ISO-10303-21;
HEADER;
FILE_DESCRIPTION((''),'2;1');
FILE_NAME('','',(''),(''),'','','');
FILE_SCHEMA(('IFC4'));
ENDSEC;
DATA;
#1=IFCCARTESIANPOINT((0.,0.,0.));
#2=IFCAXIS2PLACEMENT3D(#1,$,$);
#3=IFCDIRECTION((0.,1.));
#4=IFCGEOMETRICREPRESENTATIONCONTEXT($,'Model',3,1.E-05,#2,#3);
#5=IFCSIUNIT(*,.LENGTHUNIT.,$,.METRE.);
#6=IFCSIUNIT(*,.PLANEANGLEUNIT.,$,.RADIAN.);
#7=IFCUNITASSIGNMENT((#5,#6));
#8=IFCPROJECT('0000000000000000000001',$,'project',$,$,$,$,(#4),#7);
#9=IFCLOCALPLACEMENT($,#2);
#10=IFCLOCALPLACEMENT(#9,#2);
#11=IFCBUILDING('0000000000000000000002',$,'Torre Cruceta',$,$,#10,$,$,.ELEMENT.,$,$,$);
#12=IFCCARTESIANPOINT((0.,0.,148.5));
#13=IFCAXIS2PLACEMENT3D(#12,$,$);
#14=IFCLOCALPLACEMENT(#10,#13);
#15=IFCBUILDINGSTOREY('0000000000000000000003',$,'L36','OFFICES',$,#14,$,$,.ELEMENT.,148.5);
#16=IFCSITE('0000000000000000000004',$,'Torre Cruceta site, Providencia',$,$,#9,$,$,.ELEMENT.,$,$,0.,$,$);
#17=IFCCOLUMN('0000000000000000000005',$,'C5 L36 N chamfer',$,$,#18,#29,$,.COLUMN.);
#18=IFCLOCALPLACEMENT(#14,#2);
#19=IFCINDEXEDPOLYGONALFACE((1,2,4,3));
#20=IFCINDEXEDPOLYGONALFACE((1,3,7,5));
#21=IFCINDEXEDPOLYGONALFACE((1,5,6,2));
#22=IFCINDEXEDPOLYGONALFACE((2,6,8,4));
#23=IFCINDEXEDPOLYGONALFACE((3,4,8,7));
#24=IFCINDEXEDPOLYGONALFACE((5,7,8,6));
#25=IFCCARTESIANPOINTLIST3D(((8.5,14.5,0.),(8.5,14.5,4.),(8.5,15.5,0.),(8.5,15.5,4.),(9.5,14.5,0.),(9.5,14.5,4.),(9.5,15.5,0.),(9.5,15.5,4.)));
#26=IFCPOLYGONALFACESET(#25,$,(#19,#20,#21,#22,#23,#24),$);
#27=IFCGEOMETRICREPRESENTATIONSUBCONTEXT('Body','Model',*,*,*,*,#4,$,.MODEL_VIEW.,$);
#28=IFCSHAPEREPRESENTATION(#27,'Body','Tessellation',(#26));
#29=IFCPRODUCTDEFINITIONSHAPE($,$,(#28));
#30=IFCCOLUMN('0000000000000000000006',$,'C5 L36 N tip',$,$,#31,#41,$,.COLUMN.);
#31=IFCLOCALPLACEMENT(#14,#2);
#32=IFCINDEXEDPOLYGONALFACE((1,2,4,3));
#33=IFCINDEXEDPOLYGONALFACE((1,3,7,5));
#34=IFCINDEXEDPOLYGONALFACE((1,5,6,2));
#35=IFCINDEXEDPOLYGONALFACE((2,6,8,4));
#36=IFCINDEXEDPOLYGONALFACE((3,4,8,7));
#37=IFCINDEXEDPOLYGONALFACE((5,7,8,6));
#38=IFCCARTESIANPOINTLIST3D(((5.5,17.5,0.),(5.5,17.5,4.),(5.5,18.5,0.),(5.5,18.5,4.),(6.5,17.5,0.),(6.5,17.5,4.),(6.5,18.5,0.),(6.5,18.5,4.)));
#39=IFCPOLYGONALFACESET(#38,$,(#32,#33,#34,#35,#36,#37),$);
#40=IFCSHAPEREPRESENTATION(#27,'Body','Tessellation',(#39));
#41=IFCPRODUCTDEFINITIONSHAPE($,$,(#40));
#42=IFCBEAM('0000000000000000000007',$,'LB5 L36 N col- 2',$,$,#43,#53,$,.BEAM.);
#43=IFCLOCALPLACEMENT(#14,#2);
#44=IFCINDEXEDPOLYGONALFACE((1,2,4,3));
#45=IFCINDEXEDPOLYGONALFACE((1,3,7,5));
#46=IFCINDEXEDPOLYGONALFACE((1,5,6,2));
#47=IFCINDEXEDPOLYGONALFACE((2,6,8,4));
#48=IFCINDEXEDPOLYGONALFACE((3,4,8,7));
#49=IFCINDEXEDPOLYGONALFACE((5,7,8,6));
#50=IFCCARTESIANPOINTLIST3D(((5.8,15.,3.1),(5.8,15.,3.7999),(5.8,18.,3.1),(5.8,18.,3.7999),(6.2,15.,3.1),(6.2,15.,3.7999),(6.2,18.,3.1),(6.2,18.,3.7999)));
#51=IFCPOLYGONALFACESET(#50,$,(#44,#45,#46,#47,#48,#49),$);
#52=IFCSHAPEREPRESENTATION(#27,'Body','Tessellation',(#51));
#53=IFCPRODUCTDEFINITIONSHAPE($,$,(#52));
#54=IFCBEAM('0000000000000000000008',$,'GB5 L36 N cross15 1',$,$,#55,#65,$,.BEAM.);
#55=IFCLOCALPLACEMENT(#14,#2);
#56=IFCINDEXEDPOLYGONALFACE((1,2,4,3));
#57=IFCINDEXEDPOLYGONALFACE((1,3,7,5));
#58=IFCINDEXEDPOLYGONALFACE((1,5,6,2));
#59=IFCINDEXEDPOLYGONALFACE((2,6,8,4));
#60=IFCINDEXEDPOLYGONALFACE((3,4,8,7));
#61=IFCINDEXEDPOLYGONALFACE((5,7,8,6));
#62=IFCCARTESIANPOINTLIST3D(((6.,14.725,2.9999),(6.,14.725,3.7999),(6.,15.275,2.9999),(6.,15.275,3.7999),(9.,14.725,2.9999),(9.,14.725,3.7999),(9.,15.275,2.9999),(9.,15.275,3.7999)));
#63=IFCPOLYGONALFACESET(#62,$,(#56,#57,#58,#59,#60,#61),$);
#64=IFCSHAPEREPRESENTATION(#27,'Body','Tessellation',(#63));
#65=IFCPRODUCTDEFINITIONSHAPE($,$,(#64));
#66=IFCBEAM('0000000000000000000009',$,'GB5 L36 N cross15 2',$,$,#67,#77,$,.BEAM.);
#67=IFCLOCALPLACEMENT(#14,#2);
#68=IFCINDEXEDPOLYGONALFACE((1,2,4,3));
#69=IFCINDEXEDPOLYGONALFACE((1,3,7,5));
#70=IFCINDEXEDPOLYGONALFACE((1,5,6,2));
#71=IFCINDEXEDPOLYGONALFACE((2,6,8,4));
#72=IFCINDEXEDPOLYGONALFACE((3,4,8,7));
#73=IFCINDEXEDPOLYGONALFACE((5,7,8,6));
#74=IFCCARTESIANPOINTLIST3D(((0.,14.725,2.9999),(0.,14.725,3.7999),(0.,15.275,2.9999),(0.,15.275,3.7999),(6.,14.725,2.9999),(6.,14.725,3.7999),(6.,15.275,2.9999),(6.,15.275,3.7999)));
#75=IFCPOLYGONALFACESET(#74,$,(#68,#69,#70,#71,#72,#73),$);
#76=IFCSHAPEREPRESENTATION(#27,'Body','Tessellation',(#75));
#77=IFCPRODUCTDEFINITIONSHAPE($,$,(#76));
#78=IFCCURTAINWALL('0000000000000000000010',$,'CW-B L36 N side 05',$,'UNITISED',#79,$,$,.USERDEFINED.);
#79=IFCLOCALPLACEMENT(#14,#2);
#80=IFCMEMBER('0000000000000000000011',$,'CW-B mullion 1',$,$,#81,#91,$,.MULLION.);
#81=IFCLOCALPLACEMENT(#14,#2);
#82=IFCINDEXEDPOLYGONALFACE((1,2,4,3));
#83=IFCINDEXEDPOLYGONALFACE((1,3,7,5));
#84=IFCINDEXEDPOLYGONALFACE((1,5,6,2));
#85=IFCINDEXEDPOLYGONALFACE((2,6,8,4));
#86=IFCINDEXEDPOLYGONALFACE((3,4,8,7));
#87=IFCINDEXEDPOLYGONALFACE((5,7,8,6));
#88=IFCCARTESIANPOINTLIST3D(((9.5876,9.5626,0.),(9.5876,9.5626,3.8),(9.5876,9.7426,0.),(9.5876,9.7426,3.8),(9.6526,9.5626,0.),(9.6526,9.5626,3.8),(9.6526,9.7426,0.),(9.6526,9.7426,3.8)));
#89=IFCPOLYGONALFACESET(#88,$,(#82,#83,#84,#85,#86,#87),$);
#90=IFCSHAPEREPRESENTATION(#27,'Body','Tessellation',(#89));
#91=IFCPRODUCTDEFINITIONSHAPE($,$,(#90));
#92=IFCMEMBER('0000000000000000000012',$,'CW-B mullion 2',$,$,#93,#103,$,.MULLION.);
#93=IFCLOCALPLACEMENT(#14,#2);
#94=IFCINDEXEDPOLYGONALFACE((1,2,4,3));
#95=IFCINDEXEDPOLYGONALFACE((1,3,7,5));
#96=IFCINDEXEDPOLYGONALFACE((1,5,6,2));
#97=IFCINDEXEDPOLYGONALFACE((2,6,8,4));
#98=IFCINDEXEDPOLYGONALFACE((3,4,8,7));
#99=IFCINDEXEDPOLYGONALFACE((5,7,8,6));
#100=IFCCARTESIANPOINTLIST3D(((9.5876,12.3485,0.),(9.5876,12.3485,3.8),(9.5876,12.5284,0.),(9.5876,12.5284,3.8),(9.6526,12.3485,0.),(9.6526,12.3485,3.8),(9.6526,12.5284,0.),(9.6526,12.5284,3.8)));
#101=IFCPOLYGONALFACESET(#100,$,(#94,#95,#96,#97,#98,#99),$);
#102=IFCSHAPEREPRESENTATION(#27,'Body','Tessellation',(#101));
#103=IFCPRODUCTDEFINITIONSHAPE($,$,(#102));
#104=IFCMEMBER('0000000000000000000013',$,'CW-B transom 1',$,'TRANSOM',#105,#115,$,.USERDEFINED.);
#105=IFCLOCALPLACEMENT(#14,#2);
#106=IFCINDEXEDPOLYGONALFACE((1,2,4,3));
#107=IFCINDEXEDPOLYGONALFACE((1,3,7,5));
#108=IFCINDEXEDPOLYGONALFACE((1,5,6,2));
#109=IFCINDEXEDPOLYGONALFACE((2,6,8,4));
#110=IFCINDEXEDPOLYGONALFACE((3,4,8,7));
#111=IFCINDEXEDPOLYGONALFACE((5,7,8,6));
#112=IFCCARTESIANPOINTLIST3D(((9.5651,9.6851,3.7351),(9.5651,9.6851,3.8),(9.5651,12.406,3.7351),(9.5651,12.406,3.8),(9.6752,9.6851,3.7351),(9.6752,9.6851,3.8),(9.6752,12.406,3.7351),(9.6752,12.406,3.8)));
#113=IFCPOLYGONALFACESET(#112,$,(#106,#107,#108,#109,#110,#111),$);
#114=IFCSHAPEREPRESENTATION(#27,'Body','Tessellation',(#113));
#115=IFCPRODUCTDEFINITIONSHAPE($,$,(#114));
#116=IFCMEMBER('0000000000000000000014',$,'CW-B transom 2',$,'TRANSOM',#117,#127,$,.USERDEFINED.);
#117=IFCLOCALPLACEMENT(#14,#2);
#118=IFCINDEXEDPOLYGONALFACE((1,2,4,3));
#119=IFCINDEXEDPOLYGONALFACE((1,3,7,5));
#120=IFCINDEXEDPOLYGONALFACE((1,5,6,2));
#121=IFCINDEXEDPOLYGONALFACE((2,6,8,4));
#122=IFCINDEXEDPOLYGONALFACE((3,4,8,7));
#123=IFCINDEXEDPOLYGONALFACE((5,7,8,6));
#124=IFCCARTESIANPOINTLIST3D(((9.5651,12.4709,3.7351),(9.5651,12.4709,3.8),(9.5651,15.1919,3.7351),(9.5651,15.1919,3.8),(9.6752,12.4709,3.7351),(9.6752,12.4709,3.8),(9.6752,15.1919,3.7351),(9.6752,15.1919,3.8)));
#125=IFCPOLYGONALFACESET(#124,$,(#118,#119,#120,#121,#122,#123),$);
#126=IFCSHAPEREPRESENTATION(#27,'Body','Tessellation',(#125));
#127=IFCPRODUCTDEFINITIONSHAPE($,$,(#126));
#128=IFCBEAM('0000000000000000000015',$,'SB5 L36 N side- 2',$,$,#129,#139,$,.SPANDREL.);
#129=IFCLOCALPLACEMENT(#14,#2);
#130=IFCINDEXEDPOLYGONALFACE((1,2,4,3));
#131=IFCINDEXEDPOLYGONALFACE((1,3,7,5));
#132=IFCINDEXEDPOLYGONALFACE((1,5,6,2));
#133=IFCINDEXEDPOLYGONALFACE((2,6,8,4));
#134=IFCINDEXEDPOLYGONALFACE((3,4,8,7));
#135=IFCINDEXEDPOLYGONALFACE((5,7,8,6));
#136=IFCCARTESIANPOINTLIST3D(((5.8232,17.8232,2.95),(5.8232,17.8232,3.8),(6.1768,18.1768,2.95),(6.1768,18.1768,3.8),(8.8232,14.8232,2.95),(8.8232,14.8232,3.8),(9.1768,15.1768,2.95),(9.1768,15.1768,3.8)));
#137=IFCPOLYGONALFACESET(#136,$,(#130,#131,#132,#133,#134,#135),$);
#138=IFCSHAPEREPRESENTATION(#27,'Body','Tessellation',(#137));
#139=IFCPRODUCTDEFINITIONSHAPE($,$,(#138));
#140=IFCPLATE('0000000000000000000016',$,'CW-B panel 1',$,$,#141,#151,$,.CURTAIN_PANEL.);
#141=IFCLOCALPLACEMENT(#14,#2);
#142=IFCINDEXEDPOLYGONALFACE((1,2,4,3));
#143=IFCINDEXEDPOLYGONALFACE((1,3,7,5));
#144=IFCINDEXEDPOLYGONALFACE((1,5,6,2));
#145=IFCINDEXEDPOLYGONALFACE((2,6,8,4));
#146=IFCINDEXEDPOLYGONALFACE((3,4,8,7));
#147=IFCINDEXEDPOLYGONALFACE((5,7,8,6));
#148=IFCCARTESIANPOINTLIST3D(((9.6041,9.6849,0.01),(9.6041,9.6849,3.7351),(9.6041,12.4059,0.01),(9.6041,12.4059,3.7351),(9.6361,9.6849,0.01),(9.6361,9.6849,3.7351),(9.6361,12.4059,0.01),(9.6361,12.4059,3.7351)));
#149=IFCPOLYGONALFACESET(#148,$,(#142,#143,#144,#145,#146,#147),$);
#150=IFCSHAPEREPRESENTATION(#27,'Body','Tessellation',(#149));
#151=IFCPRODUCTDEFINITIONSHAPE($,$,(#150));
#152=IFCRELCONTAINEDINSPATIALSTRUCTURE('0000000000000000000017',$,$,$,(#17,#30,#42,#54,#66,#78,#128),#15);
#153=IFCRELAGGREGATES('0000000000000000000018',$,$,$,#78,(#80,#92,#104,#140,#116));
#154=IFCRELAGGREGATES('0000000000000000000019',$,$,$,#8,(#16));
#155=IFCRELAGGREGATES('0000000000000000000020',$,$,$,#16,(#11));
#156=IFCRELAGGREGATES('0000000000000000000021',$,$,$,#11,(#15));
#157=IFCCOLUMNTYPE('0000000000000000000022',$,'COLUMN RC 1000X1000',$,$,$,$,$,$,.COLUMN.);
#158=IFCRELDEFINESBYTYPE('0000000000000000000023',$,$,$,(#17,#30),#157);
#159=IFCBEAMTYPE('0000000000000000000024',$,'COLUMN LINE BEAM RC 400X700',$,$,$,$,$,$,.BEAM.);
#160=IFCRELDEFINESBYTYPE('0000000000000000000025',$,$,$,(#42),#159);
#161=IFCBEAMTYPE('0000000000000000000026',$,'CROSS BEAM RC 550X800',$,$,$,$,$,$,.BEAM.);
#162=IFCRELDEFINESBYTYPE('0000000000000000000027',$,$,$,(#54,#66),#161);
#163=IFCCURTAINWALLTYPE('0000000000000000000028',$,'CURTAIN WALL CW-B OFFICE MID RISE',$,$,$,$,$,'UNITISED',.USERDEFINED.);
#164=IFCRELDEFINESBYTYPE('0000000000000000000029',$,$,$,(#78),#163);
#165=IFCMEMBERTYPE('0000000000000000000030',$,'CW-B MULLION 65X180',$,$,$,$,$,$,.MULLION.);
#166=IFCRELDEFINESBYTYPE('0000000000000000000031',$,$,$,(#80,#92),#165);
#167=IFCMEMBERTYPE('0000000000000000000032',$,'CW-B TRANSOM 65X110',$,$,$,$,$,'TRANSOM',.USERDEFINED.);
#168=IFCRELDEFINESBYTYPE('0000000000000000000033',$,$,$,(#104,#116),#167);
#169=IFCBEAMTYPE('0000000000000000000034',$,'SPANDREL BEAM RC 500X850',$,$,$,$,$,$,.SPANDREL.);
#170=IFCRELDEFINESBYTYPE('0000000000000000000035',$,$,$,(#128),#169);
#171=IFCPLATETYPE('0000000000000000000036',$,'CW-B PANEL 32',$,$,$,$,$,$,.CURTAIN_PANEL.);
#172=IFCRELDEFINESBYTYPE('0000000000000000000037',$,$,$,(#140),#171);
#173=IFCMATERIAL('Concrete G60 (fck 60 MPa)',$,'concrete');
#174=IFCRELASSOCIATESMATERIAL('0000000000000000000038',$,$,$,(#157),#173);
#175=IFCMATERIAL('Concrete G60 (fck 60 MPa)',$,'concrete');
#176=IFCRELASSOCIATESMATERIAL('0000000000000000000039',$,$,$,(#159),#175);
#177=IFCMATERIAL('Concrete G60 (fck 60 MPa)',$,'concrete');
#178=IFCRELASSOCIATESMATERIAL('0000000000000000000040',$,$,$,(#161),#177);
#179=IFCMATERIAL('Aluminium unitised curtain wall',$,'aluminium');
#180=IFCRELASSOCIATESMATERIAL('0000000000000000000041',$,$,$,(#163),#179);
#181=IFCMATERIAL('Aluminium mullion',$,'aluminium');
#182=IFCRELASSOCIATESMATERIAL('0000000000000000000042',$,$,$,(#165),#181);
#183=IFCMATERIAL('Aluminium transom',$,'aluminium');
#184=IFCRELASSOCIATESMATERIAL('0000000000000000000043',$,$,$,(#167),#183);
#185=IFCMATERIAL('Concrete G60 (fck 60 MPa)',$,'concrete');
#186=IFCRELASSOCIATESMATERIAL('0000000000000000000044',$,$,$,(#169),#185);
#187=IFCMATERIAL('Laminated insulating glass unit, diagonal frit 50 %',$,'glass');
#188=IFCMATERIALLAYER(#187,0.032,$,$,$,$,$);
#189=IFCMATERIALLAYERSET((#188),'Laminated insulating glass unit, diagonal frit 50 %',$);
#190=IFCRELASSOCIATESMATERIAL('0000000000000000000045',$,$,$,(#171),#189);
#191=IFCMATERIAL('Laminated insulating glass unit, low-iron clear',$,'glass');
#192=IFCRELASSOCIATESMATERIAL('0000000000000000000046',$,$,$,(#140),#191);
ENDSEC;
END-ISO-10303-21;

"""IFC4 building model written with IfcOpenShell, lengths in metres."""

from ifc_helpers import new_model, si_unit, direction, frame, origin, origin_2d, place, context, subcontext, project, spatial, rectangle, extrude, material, layer, layer_set, material_profile, profile_set, type_object, element, aggregate, save


model = new_model("IFC4")

# Units and contexts
model_context = context("Model", 3, precision=1e-05, world=origin(), true_north=direction((0.0, 1.0)))
body_context = subcontext(model_context, "Body", "Model", "MODEL_VIEW")
ifc_project = project(units=[si_unit("LENGTHUNIT", "METRE"), si_unit("PLANEANGLEUNIT", "RADIAN")], contexts=[model_context])

# Site, building, storey
site_placement = place(None, origin())
site = spatial("IfcSite", under=ifc_project, at=site_placement, Name="Torre Cruceta site, Providencia", CompositionType="ELEMENT", RefElevation=0.0)
building_placement = place(site_placement, origin())
building = spatial("IfcBuilding", under=site, at=building_placement, Name="Torre Cruceta", CompositionType="ELEMENT")
storey_placement = place(building_placement, frame((0.0, 0.0, 148.5)))
storey = spatial("IfcBuildingStorey", under=building, at=storey_placement, Name="L36", Description="OFFICES", CompositionType="ELEMENT", Elevation=148.5)

# Columns
ifc_material_1 = material(Name="Concrete G60 (fck 60 MPa)", Category="concrete")
ifc_material_profile_1 = material_profile(ifc_material_1, rectangle(XDim=1.0, YDim=1.0, at=origin_2d()), Name="RC 1000X1000")
ifc_profile_set_1 = profile_set([ifc_material_profile_1], Name="Concrete G60 (fck 60 MPa)")
column_type = type_object("IfcColumnType", Name="COLUMN RC 1000X1000", PredefinedType="COLUMN", material=ifc_profile_set_1)
for number, where, z_axis, x_axis, name in (
    (1, (9.0, 15.0, 0.0), (0.0, 0.0, 1.0), (1.0, 0.0, 0.0), "C5 L36 N chamfer"),
    (2, (6.0, 18.0, 0.0), (0.0, 0.0, 1.0), (1.0, 0.0, 0.0), "C5 L36 N tip"),
):
    element("IfcColumn", number, at=place(storey_placement, frame(where, z_axis=z_axis, x_axis=x_axis)), inside=storey, type_object=column_type, Name=name, PredefinedType="COLUMN", context=body_context, shape_type="SweptSolid", body=[
        extrude(rectangle(XDim=1.0, YDim=1.0, at=origin_2d()), origin(), (0.0, 0.0, 1.0), 4.0),
    ])

# Beams
ifc_material_2 = material(Name="Concrete G60 (fck 60 MPa)", Category="concrete")
ifc_material_profile_2 = material_profile(ifc_material_2, rectangle(XDim=0.3999, YDim=0.7, at=origin_2d()), Name="RC 400X700")
ifc_profile_set_2 = profile_set([ifc_material_profile_2], Name="Concrete G60 (fck 60 MPa)")
beam_type_1 = type_object("IfcBeamType", Name="COLUMN LINE BEAM RC 400X700", PredefinedType="BEAM", material=ifc_profile_set_2)
beam_1_placement = place(storey_placement, frame((6.0, 15.0, 3.45), z_axis=(0.0, 1.0, 0.0), x_axis=(-1.0, 0.0, 0.0)))
element("IfcBeam", 3, at=beam_1_placement, inside=storey, type_object=beam_type_1, Name="LB5 L36 N col- 2", PredefinedType="BEAM", context=body_context, shape_type="SweptSolid", body=[
    extrude(rectangle(XDim=0.3999, YDim=0.7, at=origin_2d()), origin(), (0.0, 0.0, 1.0), 3.0),
])
ifc_material_3 = material(Name="Concrete G60 (fck 60 MPa)", Category="concrete")
ifc_material_profile_3 = material_profile(ifc_material_3, rectangle(XDim=0.55, YDim=0.8, at=origin_2d()), Name="RC 550X800")
ifc_profile_set_3 = profile_set([ifc_material_profile_3], Name="Concrete G60 (fck 60 MPa)")
beam_type_2 = type_object("IfcBeamType", Name="CROSS BEAM RC 550X800", PredefinedType="BEAM", material=ifc_profile_set_3)
beam_2_placement = place(storey_placement, frame((9.0, 15.0, 3.3999), z_axis=(-1.0, 0.0, 0.0), x_axis=(0.0, -1.0, 0.0)))
element("IfcBeam", 4, at=beam_2_placement, inside=storey, type_object=beam_type_2, Name="GB5 L36 N cross15 1", PredefinedType="BEAM", context=body_context, shape_type="SweptSolid", body=[
    extrude(rectangle(XDim=0.55, YDim=0.8, at=origin_2d()), origin(), (0.0, 0.0, 1.0), 3.0),
])
beam_3_placement = place(storey_placement, frame((6.0, 15.0, 3.3999), z_axis=(-1.0, 0.0, 0.0), x_axis=(0.0, -1.0, 0.0)))
element("IfcBeam", 5, at=beam_3_placement, inside=storey, type_object=beam_type_2, Name="GB5 L36 N cross15 2", PredefinedType="BEAM", context=body_context, shape_type="SweptSolid", body=[
    extrude(rectangle(XDim=0.55, YDim=0.8, at=origin_2d()), origin(), (0.0, 0.0, 1.0), 6.0),
])

# Curtain wall, members
ifc_material_4 = material(Name="Aluminium unitised curtain wall", Category="aluminium")
curtain_wall_type = type_object("IfcCurtainWallType", Name="CURTAIN WALL CW-B OFFICE MID RISE", ElementType="UNITISED", PredefinedType="USERDEFINED", material=ifc_material_4)
curtain_wall_placement = place(storey_placement, origin())
curtain_wall = element("IfcCurtainWall", 6, at=curtain_wall_placement, inside=storey, type_object=curtain_wall_type, Name="CW-B L36 N side 05", ObjectType="UNITISED", PredefinedType="USERDEFINED")
ifc_material_5 = material(Name="Aluminium mullion", Category="aluminium")
ifc_material_profile_4 = material_profile(ifc_material_5, rectangle(XDim=0.0649, YDim=0.1799, at=origin_2d()), Name="AL 65X180")
ifc_profile_set_4 = profile_set([ifc_material_profile_4], Name="Aluminium mullion")
member_type_1 = type_object("IfcMemberType", Name="CW-B MULLION 65X180", PredefinedType="MULLION", material=ifc_profile_set_4)
member_1_placement = place(storey_placement, frame((9.6201, 9.6526, 0.0), z_axis=(0.0, 0.0, 1.0), x_axis=(-1.0, 0.0, 0.0)))
member_1 = element("IfcMember", 7, at=member_1_placement, type_object=member_type_1, Name="CW-B mullion 1", PredefinedType="MULLION", context=body_context, shape_type="SweptSolid", body=[
    extrude(rectangle(XDim=0.0649, YDim=0.1799, at=origin_2d()), origin(), (0.0, 0.0, 1.0), 3.8),
])
member_2_placement = place(storey_placement, frame((9.6201, 12.4385, 0.0), z_axis=(0.0, 0.0, 1.0), x_axis=(-1.0, 0.0, 0.0)))
member_2 = element("IfcMember", 8, at=member_2_placement, type_object=member_type_1, Name="CW-B mullion 2", PredefinedType="MULLION", context=body_context, shape_type="SweptSolid", body=[
    extrude(rectangle(XDim=0.0649, YDim=0.1799, at=origin_2d()), origin(), (0.0, 0.0, 1.0), 3.8),
])
ifc_material_6 = material(Name="Aluminium transom", Category="aluminium")
ifc_material_profile_5 = material_profile(ifc_material_6, rectangle(XDim=0.1101, YDim=0.0649, at=origin_2d()), Name="AL 110X65")
ifc_profile_set_5 = profile_set([ifc_material_profile_5], Name="Aluminium transom")
member_type_2 = type_object("IfcMemberType", Name="CW-B TRANSOM 65X110", ElementType="TRANSOM", PredefinedType="USERDEFINED", material=ifc_profile_set_5)
member_3_placement = place(storey_placement, frame((9.6201, 9.6851, 3.7676), z_axis=(0.0, 1.0, 0.0), x_axis=(-1.0, 0.0, 0.0)))
member_3 = element("IfcMember", 9, at=member_3_placement, type_object=member_type_2, Name="CW-B transom 1", ObjectType="TRANSOM", PredefinedType="USERDEFINED", context=body_context, shape_type="SweptSolid", body=[
    extrude(rectangle(XDim=0.1101, YDim=0.0649, at=origin_2d()), origin(), (0.0, 0.0, 1.0), 2.7209),
])
member_4_placement = place(storey_placement, frame((9.6201, 12.4709, 3.7676), z_axis=(0.0, 1.0, 0.0), x_axis=(-1.0, 0.0, 0.0)))
member_4 = element("IfcMember", 10, at=member_4_placement, type_object=member_type_2, Name="CW-B transom 2", ObjectType="TRANSOM", PredefinedType="USERDEFINED", context=body_context, shape_type="SweptSolid", body=[
    extrude(rectangle(XDim=0.1101, YDim=0.0649, at=origin_2d()), origin(), (0.0, 0.0, 1.0), 2.7209),
])

# Beam
ifc_material_7 = material(Name="Concrete G60 (fck 60 MPa)", Category="concrete")
ifc_material_profile_6 = material_profile(ifc_material_7, rectangle(XDim=0.5, YDim=0.8501, at=origin_2d()), Name="RC 500X850")
ifc_profile_set_6 = profile_set([ifc_material_profile_6], Name="Concrete G60 (fck 60 MPa)")
beam_type_3 = type_object("IfcBeamType", Name="SPANDREL BEAM RC 500X850", PredefinedType="SPANDREL", material=ifc_profile_set_6)
beam_4_placement = place(storey_placement, frame((9.0, 15.0, 3.375), z_axis=(-0.707107, 0.707107, 0.0), x_axis=(-0.707107, -0.707107, 0.0)))
element("IfcBeam", 11, at=beam_4_placement, inside=storey, type_object=beam_type_3, Name="SB5 L36 N side- 2", PredefinedType="SPANDREL", context=body_context, shape_type="SweptSolid", body=[
    extrude(rectangle(XDim=0.5, YDim=0.8501, at=origin_2d()), origin(), (0.0, 0.0, 1.0), 4.2427),
])

# Plate
ifc_material_8 = material(Name="Laminated insulating glass unit, low-iron clear", Category="glass")
ifc_material_9 = material(Name="Laminated insulating glass unit, diagonal frit 50 %", Category="glass")
ifc_layer_1 = layer(ifc_material_9, 0.032)
ifc_layer_set_1 = layer_set([ifc_layer_1], Name="Laminated insulating glass unit, diagonal frit 50 %")
plate_type = type_object("IfcPlateType", Name="CW-B PANEL 32", PredefinedType="CURTAIN_PANEL", material=ifc_layer_set_1)
plate_placement = place(storey_placement, frame((9.6201, 11.0454, 0.01), z_axis=(0.0, 0.0, 1.0), x_axis=(0.0, 1.0, 0.0)))
plate = element("IfcPlate", 12, at=plate_placement, type_object=plate_type, material=ifc_material_8, Name="CW-B panel 1", PredefinedType="CURTAIN_PANEL", context=body_context, shape_type="SweptSolid", body=[
    extrude(rectangle(XDim=2.7209, YDim=0.032, at=origin_2d()), origin(), (0.0, 0.0, 1.0), 3.7251),
])
aggregate(curtain_wall, [member_1, member_2, member_3, plate, member_4])

save(model, "model.ifc")
